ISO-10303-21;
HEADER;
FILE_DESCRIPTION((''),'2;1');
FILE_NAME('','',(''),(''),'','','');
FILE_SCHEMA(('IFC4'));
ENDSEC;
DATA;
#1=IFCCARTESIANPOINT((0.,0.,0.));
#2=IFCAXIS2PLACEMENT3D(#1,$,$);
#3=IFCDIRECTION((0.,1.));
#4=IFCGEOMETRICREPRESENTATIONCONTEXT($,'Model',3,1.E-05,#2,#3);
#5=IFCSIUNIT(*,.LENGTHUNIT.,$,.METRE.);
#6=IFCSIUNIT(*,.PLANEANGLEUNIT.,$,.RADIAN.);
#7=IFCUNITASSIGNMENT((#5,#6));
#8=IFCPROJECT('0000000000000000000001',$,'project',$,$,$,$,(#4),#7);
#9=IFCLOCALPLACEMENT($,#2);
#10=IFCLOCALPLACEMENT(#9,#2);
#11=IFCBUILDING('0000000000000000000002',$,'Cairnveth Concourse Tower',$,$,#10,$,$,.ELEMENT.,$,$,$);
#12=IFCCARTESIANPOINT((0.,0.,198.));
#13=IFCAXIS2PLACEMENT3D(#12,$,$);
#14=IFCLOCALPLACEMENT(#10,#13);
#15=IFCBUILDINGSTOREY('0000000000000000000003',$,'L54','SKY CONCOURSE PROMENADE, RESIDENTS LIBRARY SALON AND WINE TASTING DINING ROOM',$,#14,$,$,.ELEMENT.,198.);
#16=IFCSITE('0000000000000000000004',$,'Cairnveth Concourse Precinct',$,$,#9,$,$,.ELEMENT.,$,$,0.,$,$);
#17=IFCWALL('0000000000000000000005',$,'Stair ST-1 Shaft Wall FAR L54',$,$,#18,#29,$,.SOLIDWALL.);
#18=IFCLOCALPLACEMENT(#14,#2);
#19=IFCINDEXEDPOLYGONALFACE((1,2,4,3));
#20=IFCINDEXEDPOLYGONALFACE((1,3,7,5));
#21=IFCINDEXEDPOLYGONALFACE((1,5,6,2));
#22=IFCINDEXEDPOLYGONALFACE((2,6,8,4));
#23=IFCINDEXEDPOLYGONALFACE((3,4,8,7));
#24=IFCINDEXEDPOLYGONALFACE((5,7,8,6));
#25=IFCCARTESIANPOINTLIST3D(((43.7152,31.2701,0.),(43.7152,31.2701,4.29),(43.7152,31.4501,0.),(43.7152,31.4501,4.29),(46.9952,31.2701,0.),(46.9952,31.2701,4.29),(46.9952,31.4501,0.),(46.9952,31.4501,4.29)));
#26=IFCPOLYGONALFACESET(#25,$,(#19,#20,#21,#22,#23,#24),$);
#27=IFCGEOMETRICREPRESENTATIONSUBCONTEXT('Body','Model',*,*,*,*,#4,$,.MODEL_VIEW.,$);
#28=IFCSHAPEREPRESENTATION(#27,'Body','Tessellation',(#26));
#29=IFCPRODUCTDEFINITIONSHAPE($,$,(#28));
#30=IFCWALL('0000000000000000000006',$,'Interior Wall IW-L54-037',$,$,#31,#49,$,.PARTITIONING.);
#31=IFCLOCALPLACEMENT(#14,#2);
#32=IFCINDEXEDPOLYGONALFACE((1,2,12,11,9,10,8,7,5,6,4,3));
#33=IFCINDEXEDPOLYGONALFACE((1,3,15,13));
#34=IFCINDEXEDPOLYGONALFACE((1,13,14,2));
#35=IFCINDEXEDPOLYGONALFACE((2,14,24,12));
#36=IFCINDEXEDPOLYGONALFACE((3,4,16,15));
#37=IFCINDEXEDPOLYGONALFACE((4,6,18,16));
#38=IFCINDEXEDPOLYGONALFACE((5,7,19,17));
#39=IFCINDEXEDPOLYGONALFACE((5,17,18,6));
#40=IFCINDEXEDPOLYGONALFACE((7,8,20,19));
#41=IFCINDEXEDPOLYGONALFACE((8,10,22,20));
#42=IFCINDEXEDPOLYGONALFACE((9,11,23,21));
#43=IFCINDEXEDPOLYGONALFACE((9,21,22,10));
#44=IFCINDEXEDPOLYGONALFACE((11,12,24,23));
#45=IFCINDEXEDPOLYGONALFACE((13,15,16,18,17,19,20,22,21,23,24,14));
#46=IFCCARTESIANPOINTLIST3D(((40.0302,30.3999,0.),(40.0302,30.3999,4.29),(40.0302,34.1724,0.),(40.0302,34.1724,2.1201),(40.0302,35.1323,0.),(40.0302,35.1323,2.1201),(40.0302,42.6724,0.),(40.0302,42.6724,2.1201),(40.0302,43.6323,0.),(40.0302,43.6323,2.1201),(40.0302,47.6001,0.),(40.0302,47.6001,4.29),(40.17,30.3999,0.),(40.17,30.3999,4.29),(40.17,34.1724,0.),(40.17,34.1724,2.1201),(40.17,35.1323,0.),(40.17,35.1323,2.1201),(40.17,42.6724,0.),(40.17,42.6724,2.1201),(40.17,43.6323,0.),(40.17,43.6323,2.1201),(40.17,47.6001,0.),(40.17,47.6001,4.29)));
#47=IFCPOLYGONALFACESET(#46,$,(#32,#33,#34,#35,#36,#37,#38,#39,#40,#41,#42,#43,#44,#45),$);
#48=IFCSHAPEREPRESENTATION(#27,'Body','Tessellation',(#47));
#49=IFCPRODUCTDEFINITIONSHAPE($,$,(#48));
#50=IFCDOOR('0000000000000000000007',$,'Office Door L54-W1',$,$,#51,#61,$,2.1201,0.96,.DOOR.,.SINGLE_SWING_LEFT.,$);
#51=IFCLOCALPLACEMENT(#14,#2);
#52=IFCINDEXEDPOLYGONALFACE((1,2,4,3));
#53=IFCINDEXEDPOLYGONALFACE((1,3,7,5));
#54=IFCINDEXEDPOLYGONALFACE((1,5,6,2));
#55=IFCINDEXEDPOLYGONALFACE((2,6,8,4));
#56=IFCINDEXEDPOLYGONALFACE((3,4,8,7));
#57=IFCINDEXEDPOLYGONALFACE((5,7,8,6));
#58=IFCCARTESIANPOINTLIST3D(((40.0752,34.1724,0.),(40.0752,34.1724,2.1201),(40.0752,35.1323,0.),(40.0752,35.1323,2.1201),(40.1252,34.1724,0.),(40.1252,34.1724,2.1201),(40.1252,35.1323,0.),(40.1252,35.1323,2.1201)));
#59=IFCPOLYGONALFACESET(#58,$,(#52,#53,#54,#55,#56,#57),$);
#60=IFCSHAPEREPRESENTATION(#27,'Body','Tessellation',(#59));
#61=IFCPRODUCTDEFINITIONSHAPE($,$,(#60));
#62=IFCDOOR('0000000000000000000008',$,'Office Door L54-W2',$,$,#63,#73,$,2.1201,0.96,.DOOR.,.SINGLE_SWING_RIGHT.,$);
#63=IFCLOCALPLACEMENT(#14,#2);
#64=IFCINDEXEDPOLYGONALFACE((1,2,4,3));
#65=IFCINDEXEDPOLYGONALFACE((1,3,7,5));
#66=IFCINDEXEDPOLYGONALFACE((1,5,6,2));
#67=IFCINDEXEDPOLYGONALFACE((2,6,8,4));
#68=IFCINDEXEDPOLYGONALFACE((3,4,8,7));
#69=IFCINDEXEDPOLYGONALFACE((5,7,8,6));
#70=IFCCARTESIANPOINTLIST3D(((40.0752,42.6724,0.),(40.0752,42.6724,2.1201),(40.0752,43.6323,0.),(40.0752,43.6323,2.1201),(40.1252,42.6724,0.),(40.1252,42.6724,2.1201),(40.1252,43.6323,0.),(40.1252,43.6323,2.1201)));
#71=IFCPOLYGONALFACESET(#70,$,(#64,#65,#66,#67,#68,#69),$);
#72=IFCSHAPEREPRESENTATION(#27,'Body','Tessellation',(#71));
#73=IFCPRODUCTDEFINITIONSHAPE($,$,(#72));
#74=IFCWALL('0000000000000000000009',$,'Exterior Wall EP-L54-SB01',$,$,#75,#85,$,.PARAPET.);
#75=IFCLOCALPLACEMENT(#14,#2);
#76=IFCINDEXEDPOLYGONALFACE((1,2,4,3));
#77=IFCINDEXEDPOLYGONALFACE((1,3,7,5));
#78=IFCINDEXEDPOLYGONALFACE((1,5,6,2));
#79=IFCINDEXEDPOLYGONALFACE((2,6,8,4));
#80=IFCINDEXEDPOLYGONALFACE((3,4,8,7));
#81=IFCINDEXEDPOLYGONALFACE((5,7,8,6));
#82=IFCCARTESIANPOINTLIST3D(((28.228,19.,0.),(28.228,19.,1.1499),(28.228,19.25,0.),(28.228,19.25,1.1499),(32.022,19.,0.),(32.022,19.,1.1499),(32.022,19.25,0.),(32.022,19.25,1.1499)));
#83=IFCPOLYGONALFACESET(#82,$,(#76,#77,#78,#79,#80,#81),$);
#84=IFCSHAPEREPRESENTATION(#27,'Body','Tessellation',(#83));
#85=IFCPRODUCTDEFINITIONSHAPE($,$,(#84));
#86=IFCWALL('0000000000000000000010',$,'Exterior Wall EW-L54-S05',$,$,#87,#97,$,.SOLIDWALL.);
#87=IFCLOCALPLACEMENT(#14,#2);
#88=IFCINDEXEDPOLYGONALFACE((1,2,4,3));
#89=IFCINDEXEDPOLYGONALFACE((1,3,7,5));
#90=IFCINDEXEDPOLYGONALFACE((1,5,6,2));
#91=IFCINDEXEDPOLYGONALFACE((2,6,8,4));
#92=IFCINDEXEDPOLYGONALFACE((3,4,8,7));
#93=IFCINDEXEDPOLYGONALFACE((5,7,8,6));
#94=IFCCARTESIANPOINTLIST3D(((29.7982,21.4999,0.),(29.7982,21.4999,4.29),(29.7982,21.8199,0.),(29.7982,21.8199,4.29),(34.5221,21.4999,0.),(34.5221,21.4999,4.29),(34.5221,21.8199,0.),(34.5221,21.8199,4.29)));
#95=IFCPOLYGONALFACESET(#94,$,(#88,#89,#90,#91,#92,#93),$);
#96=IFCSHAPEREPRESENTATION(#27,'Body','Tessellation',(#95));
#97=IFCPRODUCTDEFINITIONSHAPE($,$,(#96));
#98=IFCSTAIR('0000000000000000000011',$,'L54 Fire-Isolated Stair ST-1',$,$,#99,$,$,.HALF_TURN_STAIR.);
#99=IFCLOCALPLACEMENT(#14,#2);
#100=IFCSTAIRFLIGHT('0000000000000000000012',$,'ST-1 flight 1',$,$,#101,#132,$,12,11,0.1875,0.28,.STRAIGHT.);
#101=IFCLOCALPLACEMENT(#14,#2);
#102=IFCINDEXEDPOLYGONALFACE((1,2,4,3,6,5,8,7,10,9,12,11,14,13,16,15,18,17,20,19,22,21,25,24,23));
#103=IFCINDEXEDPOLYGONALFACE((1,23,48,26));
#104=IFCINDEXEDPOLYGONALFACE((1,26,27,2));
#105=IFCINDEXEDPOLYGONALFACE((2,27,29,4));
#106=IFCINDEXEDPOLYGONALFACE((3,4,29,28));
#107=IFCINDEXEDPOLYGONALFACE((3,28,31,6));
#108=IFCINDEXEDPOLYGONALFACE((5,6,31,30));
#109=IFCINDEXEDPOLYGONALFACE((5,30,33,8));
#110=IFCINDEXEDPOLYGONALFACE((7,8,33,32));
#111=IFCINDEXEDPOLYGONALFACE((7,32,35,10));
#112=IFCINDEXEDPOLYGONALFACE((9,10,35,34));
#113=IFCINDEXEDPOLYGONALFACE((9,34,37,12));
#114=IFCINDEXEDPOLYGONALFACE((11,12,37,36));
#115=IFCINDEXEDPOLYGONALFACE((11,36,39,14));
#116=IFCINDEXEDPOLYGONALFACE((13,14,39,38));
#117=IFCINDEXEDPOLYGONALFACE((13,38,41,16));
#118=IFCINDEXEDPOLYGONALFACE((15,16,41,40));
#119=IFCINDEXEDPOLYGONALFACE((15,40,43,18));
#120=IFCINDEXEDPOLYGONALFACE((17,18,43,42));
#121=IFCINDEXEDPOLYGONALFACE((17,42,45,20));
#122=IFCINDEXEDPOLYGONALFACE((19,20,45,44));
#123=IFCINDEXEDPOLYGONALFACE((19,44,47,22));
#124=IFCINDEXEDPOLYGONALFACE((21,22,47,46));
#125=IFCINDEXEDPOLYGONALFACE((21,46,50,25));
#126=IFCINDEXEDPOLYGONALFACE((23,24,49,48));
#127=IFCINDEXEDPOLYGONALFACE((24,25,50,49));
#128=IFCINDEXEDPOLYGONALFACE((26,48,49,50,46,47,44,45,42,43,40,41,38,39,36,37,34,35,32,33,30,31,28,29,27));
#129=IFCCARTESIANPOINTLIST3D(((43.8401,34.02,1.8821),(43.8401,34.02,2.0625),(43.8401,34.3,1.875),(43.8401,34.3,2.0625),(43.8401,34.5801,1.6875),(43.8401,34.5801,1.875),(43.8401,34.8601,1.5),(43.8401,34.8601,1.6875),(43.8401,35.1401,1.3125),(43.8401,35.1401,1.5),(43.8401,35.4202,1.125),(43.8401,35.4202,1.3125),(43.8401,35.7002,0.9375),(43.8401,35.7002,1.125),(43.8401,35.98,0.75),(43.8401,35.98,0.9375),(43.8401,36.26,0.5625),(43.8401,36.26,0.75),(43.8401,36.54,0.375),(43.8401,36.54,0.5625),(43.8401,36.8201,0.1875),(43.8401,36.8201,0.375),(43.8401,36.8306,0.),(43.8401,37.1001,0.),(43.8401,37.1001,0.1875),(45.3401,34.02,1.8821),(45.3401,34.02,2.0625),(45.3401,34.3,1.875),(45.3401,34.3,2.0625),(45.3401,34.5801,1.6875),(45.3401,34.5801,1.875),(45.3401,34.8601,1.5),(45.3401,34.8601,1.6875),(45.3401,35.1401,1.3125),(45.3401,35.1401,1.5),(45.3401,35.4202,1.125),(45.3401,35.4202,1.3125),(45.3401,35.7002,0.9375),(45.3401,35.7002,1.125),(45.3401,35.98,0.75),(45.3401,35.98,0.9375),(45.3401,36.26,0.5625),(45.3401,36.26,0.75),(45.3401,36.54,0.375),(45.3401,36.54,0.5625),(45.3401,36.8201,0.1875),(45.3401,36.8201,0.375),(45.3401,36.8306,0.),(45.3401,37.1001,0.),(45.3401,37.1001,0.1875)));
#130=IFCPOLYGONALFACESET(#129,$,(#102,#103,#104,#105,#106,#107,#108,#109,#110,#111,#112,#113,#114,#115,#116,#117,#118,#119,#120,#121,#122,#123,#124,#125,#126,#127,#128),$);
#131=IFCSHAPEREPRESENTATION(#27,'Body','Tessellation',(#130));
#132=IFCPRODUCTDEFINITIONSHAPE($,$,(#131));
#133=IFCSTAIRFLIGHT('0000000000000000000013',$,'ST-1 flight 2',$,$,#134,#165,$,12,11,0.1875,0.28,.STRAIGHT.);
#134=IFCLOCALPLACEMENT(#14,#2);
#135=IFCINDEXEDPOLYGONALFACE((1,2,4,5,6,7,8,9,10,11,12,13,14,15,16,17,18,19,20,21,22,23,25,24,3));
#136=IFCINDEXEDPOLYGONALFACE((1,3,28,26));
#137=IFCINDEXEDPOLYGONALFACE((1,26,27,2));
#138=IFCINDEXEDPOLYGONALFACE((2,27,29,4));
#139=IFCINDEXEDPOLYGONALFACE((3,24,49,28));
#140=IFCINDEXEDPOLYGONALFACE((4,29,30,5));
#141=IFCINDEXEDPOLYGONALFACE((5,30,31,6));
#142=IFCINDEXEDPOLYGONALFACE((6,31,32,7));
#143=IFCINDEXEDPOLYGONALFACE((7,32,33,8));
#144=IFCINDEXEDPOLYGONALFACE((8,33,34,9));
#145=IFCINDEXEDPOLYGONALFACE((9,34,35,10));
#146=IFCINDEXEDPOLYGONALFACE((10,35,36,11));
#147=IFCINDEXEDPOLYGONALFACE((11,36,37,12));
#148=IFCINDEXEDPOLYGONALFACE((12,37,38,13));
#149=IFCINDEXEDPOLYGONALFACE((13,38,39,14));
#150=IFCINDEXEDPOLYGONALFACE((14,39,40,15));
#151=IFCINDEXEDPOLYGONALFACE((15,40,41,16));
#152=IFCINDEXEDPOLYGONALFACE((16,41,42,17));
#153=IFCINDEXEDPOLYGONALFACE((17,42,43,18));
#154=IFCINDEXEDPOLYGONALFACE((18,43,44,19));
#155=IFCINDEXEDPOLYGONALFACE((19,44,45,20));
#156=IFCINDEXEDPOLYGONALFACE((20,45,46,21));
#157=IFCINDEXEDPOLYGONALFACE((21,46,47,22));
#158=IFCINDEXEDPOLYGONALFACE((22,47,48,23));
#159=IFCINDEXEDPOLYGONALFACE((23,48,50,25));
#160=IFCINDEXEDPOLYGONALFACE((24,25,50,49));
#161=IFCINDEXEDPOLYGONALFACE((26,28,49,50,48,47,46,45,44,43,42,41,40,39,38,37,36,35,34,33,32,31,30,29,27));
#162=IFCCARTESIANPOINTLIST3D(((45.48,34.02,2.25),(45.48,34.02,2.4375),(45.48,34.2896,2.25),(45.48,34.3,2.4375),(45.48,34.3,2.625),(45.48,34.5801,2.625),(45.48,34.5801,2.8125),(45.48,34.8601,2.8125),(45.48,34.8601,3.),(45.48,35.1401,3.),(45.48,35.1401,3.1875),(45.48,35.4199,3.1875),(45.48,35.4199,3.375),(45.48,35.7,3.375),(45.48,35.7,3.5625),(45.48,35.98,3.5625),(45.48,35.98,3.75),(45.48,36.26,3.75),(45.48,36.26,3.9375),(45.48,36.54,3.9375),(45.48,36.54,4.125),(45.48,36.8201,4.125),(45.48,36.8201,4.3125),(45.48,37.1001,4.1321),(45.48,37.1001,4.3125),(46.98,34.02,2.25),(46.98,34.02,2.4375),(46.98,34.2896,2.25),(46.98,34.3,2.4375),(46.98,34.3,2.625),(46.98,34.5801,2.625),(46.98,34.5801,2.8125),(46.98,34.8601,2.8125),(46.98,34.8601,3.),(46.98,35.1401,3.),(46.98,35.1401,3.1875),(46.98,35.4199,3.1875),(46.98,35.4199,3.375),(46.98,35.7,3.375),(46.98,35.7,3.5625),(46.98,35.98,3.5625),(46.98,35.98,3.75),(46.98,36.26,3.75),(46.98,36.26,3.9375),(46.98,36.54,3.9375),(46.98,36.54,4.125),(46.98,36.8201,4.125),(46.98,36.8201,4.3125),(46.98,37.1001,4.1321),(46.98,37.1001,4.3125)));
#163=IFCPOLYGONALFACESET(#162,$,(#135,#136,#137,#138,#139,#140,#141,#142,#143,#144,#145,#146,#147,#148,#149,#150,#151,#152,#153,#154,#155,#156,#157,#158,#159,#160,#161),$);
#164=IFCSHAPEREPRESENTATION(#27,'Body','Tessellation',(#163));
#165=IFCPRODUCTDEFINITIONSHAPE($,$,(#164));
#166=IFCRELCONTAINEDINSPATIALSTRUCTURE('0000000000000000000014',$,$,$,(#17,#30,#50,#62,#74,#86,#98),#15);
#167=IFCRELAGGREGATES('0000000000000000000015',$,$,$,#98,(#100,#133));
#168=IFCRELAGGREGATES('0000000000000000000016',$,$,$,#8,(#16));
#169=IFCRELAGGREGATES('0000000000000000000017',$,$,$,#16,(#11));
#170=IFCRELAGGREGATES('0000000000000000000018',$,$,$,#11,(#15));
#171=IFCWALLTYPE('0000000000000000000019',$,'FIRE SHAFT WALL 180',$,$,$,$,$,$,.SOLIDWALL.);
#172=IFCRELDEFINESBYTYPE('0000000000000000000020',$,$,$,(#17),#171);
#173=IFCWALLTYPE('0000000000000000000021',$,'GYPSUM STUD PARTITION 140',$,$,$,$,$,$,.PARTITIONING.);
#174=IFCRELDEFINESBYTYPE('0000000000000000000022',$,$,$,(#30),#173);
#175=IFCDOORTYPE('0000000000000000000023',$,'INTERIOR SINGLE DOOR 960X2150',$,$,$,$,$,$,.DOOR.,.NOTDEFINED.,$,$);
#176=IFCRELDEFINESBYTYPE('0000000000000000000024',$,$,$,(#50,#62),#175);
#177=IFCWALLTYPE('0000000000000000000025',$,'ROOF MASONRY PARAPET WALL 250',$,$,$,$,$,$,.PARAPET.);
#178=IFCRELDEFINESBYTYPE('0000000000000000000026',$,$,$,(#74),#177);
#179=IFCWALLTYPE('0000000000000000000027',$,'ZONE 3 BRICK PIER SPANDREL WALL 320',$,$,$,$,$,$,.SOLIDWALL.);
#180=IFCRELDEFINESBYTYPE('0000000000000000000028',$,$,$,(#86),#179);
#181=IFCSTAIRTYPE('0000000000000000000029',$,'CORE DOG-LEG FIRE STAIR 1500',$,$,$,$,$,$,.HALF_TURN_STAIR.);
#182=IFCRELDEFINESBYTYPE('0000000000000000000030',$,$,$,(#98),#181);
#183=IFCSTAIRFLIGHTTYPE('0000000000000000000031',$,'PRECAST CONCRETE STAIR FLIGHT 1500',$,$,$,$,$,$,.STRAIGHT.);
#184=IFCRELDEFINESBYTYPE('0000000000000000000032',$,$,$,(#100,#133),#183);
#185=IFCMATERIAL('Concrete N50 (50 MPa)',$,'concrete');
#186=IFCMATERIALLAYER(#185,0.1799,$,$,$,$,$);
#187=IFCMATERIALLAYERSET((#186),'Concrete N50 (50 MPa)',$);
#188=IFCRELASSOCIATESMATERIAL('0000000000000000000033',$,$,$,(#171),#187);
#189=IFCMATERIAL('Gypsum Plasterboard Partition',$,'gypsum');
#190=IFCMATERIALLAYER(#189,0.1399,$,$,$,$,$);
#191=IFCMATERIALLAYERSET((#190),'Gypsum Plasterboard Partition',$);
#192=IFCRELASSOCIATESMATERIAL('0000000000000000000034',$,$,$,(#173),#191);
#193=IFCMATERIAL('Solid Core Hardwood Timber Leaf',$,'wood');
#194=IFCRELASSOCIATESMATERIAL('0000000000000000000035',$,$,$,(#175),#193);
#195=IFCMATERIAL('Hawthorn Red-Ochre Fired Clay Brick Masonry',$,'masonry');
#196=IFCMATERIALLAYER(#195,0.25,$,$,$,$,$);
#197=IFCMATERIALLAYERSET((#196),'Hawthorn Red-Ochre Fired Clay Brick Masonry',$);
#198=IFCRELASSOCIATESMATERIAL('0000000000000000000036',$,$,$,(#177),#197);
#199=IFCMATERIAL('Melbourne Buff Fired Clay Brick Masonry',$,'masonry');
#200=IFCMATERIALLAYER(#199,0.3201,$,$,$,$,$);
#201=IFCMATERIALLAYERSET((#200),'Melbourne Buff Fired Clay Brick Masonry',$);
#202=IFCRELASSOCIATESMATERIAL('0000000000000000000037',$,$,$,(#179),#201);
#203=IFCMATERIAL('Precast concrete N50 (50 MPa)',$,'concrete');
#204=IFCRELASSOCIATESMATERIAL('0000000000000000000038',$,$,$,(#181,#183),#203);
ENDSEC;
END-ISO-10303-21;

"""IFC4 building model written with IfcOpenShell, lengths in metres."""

from ifc_helpers import new_model, si_unit, direction, frame, frame_2d, origin, place, context, subcontext, project, spatial, polyline, rectangle, outline, extrude, material, layer, layer_set, type_object, element, fill, aggregate, save


model = new_model("IFC4")

# Units and contexts
model_context = context("Model", 3, precision=1e-05, world=origin(), true_north=direction((0.0, 1.0)))
body_context = subcontext(model_context, "Body", "Model", "MODEL_VIEW")
ifc_project = project(units=[si_unit("LENGTHUNIT", "METRE"), si_unit("PLANEANGLEUNIT", "RADIAN")], contexts=[model_context])

# Site, building, storey
site_placement = place(None, origin())
site = spatial("IfcSite", under=ifc_project, at=site_placement, Name="Cairnveth Concourse Precinct", CompositionType="ELEMENT", RefElevation=0.0)
building_placement = place(site_placement, origin())
building = spatial("IfcBuilding", under=site, at=building_placement, Name="Cairnveth Concourse Tower", CompositionType="ELEMENT")
storey_placement = place(building_placement, frame((0.0, 0.0, 198.0)))
storey = spatial("IfcBuildingStorey", under=building, at=storey_placement, Name="L54", Description="SKY CONCOURSE PROMENADE, RESIDENTS LIBRARY SALON AND WINE TASTING DINING ROOM", CompositionType="ELEMENT", Elevation=198.0)

# Wall
ifc_material_1 = material(Name="Gypsum Plasterboard Partition", Category="gypsum")
ifc_material_2 = material(Name="Concrete N50 (50 MPa)", Category="concrete")
ifc_layer_1 = layer(ifc_material_2, 0.1799)
ifc_layer_set_1 = layer_set([ifc_layer_1], Name="Concrete N50 (50 MPa)")
wall_type_1 = type_object("IfcWallType", Name="FIRE SHAFT WALL 180", PredefinedType="SOLIDWALL", material=ifc_layer_set_1)
wall_1_placement = place(storey_placement, frame((43.7151, 31.3601, 0.0), z_axis=(0.0, 0.0, 1.0), x_axis=(1.0, 0.0, 0.0)))
element("IfcWall", 1, at=wall_1_placement, inside=storey, type_object=wall_type_1, Name="Stair ST-1 Shaft Wall FAR L54", PredefinedType="SOLIDWALL", context=body_context, shape_type="SweptSolid", body=[
    extrude(rectangle(XDim=3.28, YDim=0.1799, at=frame_2d((1.6401, 0.0))), origin(), (0.0, 0.0, 1.0), 4.29),
])

# Wall, openings, doors
ifc_layer_2 = layer(ifc_material_1, 0.1399)
ifc_layer_set_2 = layer_set([ifc_layer_2], Name="Gypsum Plasterboard Partition")
wall_type_2 = type_object("IfcWallType", Name="GYPSUM STUD PARTITION 140", PredefinedType="PARTITIONING", material=ifc_layer_set_2)
wall_2_placement = place(storey_placement, frame((40.1001, 30.3999, 0.0), z_axis=(0.0, 0.0, 1.0), x_axis=(0.0, 1.0, 0.0)))
wall_2 = element("IfcWall", 2, at=wall_2_placement, inside=storey, type_object=wall_type_2, Name="Interior Wall IW-L54-037", PredefinedType="PARTITIONING", context=body_context, shape_type="SweptSolid", body=[
    extrude(rectangle(XDim=17.2002, YDim=0.1399, at=frame_2d((8.6001, 0.0))), origin(), (0.0, 0.0, 1.0), 4.29),
])
opening_1_placement = place(wall_2_placement, frame((3.7725, 0.0, 0.0)))
opening_1 = element("IfcOpeningElement", 3, at=opening_1_placement, cuts=wall_2, PredefinedType="OPENING", context=body_context, shape_type="SweptSolid", body=[
    extrude(rectangle(XDim=0.96, YDim=2.1201, at=frame_2d((0.48, 1.0601))), frame((0.0, 0.0798, 0.0), z_axis=(0.0, -1.0, 0.0), x_axis=(1.0, 0.0, 0.0)), (0.0, 0.0, 1.0), 0.1599),
])
opening_2_placement = place(wall_2_placement, frame((12.2725, 0.0, 0.0)))
opening_2 = element("IfcOpeningElement", 4, at=opening_2_placement, cuts=wall_2, PredefinedType="OPENING", context=body_context, shape_type="SweptSolid", body=[
    extrude(rectangle(XDim=0.96, YDim=2.1201, at=frame_2d((0.48, 1.0601))), frame((0.0, 0.0798, 0.0), z_axis=(0.0, -1.0, 0.0), x_axis=(1.0, 0.0, 0.0)), (0.0, 0.0, 1.0), 0.1599),
])
ifc_material_3 = material(Name="Solid Core Hardwood Timber Leaf", Category="wood")
door_type = type_object("IfcDoorType", Name="INTERIOR SINGLE DOOR 960X2150", OperationType="NOTDEFINED", PredefinedType="DOOR", material=ifc_material_3)
door_1_placement = place(opening_1_placement, origin())
door_1 = element("IfcDoor", 5, at=door_1_placement, inside=storey, type_object=door_type, Name="Office Door L54-W1", OperationType="SINGLE_SWING_LEFT", OverallHeight=2.1201, OverallWidth=0.96, PredefinedType="DOOR", context=body_context, shape_type="SweptSolid", body=[
    extrude(rectangle(XDim=0.96, YDim=2.1201, at=frame_2d((0.48, 1.0601))), frame((0.0, 0.0249, 0.0), z_axis=(0.0, -1.0, 0.0), x_axis=(1.0, 0.0, 0.0)), (0.0, 0.0, 1.0), 0.05),
])
fill(opening_1, door_1)
door_2_placement = place(opening_2_placement, origin())
door_2 = element("IfcDoor", 6, at=door_2_placement, inside=storey, type_object=door_type, Name="Office Door L54-W2", OperationType="SINGLE_SWING_RIGHT", OverallHeight=2.1201, OverallWidth=0.96, PredefinedType="DOOR", context=body_context, shape_type="SweptSolid", body=[
    extrude(rectangle(XDim=0.96, YDim=2.1201, at=frame_2d((0.48, 1.0601))), frame((0.0, 0.0249, 0.0), z_axis=(0.0, -1.0, 0.0), x_axis=(1.0, 0.0, 0.0)), (0.0, 0.0, 1.0), 0.05),
])
fill(opening_2, door_2)

# Walls
ifc_material_4 = material(Name="Hawthorn Red-Ochre Fired Clay Brick Masonry", Category="masonry")
ifc_layer_3 = layer(ifc_material_4, 0.25)
ifc_layer_set_3 = layer_set([ifc_layer_3], Name="Hawthorn Red-Ochre Fired Clay Brick Masonry")
wall_type_3 = type_object("IfcWallType", Name="ROOF MASONRY PARAPET WALL 250", PredefinedType="PARAPET", material=ifc_layer_set_3)
wall_3_placement = place(storey_placement, frame((32.022, 19.125, 0.0), z_axis=(0.0, 0.0, 1.0), x_axis=(-1.0, 0.0, 0.0)))
element("IfcWall", 7, at=wall_3_placement, inside=storey, type_object=wall_type_3, Name="Exterior Wall EP-L54-SB01", PredefinedType="PARAPET", context=body_context, shape_type="SweptSolid", body=[
    extrude(rectangle(XDim=3.7939, YDim=0.25, at=frame_2d((1.897, 0.0))), origin(), (0.0, 0.0, 1.0), 1.1499),
])
ifc_material_5 = material(Name="Melbourne Buff Fired Clay Brick Masonry", Category="masonry")
ifc_layer_4 = layer(ifc_material_5, 0.3201)
ifc_layer_set_4 = layer_set([ifc_layer_4], Name="Melbourne Buff Fired Clay Brick Masonry")
wall_type_4 = type_object("IfcWallType", Name="ZONE 3 BRICK PIER SPANDREL WALL 320", PredefinedType="SOLIDWALL", material=ifc_layer_set_4)
wall_4_placement = place(storey_placement, frame((34.522, 21.6599, 0.0), z_axis=(0.0, 0.0, 1.0), x_axis=(-1.0, 0.0, 0.0)))
element("IfcWall", 8, at=wall_4_placement, inside=storey, type_object=wall_type_4, Name="Exterior Wall EW-L54-S05", PredefinedType="SOLIDWALL", context=body_context, shape_type="SweptSolid", body=[
    extrude(rectangle(XDim=4.7239, YDim=0.3201, at=frame_2d((2.3618, 0.0))), origin(), (0.0, 0.0, 1.0), 4.29),
])

# Stair, stair flights
ifc_material_6 = material(Name="Precast concrete N50 (50 MPa)", Category="concrete")
stair_type = type_object("IfcStairType", Name="CORE DOG-LEG FIRE STAIR 1500", PredefinedType="HALF_TURN_STAIR", material=ifc_material_6)
stair_placement = place(storey_placement, origin())
stair = element("IfcStair", 9, at=stair_placement, inside=storey, type_object=stair_type, Name="L54 Fire-Isolated Stair ST-1", PredefinedType="HALF_TURN_STAIR")
stair_flight_type = type_object("IfcStairFlightType", Name="PRECAST CONCRETE STAIR FLIGHT 1500", PredefinedType="STRAIGHT", material=ifc_material_6)
stair_flight_1_placement = place(storey_placement, frame((44.5901, 37.1001, 0.0), z_axis=(0.0, 0.0, 1.0), x_axis=(0.0, -1.0, 0.0)))
stair_flight_1 = element("IfcStairFlight", 10, at=stair_flight_1_placement, type_object=stair_flight_type, Name="ST-1 flight 1", NumberOfRisers=12, NumberOfTreads=11, PredefinedType="STRAIGHT", RiserHeight=0.1875, TreadLength=0.28, context=body_context, shape_type="SweptSolid", body=[
    extrude(outline(polyline([(0.0, 0.0), (0.0, 0.1875), (0.28, 0.1875), (0.28, 0.375), (0.5601, 0.375), (0.5601, 0.5625), (0.8401, 0.5625), (0.8401, 0.75), (1.1201, 0.75), (1.1201, 0.9375), (1.3999, 0.9375), (1.3999, 1.125), (1.6799, 1.125), (1.6799, 1.3125), (1.96, 1.3125), (1.96, 1.5), (2.24, 1.5), (2.24, 1.6875), (2.52, 1.6875), (2.52, 1.875), (2.8, 1.875), (2.8, 2.0625), (3.0801, 2.0625), (3.0801, 2.25), (3.0801, 1.8821), (0.2695, 0.0), (0.0, 0.0)])), frame((0.0, 0.75, 0.0), z_axis=(0.0, -1.0, 0.0), x_axis=(1.0, 0.0, 0.0)), (0.0, 0.0, 1.0), 1.5),
])
stair_flight_2_placement = place(storey_placement, frame((46.23, 34.02, 2.25), z_axis=(0.0, 0.0, 1.0), x_axis=(0.0, 1.0, 0.0)))
stair_flight_2 = element("IfcStairFlight", 11, at=stair_flight_2_placement, type_object=stair_flight_type, Name="ST-1 flight 2", NumberOfRisers=12, NumberOfTreads=11, PredefinedType="STRAIGHT", RiserHeight=0.1875, TreadLength=0.28, context=body_context, shape_type="SweptSolid", body=[
    extrude(outline(polyline([(0.0, 0.0), (0.0, 0.1875), (0.28, 0.1875), (0.28, 0.375), (0.5601, 0.375), (0.5601, 0.5625), (0.8401, 0.5625), (0.8401, 0.75), (1.1201, 0.75), (1.1201, 0.9375), (1.3999, 0.9375), (1.3999, 1.125), (1.6799, 1.125), (1.6799, 1.3125), (1.96, 1.3125), (1.96, 1.5), (2.24, 1.5), (2.24, 1.6875), (2.52, 1.6875), (2.52, 1.875), (2.8, 1.875), (2.8, 2.0625), (3.0801, 2.0625), (3.0801, 2.25), (3.0801, 1.8821), (0.2695, 0.0), (0.0, 0.0)])), frame((0.0, 0.75, 0.0), z_axis=(0.0, -1.0, 0.0), x_axis=(1.0, 0.0, 0.0)), (0.0, 0.0, 1.0), 1.5),
])
aggregate(stair, [stair_flight_1, stair_flight_2])

save(model, "model.ifc")
